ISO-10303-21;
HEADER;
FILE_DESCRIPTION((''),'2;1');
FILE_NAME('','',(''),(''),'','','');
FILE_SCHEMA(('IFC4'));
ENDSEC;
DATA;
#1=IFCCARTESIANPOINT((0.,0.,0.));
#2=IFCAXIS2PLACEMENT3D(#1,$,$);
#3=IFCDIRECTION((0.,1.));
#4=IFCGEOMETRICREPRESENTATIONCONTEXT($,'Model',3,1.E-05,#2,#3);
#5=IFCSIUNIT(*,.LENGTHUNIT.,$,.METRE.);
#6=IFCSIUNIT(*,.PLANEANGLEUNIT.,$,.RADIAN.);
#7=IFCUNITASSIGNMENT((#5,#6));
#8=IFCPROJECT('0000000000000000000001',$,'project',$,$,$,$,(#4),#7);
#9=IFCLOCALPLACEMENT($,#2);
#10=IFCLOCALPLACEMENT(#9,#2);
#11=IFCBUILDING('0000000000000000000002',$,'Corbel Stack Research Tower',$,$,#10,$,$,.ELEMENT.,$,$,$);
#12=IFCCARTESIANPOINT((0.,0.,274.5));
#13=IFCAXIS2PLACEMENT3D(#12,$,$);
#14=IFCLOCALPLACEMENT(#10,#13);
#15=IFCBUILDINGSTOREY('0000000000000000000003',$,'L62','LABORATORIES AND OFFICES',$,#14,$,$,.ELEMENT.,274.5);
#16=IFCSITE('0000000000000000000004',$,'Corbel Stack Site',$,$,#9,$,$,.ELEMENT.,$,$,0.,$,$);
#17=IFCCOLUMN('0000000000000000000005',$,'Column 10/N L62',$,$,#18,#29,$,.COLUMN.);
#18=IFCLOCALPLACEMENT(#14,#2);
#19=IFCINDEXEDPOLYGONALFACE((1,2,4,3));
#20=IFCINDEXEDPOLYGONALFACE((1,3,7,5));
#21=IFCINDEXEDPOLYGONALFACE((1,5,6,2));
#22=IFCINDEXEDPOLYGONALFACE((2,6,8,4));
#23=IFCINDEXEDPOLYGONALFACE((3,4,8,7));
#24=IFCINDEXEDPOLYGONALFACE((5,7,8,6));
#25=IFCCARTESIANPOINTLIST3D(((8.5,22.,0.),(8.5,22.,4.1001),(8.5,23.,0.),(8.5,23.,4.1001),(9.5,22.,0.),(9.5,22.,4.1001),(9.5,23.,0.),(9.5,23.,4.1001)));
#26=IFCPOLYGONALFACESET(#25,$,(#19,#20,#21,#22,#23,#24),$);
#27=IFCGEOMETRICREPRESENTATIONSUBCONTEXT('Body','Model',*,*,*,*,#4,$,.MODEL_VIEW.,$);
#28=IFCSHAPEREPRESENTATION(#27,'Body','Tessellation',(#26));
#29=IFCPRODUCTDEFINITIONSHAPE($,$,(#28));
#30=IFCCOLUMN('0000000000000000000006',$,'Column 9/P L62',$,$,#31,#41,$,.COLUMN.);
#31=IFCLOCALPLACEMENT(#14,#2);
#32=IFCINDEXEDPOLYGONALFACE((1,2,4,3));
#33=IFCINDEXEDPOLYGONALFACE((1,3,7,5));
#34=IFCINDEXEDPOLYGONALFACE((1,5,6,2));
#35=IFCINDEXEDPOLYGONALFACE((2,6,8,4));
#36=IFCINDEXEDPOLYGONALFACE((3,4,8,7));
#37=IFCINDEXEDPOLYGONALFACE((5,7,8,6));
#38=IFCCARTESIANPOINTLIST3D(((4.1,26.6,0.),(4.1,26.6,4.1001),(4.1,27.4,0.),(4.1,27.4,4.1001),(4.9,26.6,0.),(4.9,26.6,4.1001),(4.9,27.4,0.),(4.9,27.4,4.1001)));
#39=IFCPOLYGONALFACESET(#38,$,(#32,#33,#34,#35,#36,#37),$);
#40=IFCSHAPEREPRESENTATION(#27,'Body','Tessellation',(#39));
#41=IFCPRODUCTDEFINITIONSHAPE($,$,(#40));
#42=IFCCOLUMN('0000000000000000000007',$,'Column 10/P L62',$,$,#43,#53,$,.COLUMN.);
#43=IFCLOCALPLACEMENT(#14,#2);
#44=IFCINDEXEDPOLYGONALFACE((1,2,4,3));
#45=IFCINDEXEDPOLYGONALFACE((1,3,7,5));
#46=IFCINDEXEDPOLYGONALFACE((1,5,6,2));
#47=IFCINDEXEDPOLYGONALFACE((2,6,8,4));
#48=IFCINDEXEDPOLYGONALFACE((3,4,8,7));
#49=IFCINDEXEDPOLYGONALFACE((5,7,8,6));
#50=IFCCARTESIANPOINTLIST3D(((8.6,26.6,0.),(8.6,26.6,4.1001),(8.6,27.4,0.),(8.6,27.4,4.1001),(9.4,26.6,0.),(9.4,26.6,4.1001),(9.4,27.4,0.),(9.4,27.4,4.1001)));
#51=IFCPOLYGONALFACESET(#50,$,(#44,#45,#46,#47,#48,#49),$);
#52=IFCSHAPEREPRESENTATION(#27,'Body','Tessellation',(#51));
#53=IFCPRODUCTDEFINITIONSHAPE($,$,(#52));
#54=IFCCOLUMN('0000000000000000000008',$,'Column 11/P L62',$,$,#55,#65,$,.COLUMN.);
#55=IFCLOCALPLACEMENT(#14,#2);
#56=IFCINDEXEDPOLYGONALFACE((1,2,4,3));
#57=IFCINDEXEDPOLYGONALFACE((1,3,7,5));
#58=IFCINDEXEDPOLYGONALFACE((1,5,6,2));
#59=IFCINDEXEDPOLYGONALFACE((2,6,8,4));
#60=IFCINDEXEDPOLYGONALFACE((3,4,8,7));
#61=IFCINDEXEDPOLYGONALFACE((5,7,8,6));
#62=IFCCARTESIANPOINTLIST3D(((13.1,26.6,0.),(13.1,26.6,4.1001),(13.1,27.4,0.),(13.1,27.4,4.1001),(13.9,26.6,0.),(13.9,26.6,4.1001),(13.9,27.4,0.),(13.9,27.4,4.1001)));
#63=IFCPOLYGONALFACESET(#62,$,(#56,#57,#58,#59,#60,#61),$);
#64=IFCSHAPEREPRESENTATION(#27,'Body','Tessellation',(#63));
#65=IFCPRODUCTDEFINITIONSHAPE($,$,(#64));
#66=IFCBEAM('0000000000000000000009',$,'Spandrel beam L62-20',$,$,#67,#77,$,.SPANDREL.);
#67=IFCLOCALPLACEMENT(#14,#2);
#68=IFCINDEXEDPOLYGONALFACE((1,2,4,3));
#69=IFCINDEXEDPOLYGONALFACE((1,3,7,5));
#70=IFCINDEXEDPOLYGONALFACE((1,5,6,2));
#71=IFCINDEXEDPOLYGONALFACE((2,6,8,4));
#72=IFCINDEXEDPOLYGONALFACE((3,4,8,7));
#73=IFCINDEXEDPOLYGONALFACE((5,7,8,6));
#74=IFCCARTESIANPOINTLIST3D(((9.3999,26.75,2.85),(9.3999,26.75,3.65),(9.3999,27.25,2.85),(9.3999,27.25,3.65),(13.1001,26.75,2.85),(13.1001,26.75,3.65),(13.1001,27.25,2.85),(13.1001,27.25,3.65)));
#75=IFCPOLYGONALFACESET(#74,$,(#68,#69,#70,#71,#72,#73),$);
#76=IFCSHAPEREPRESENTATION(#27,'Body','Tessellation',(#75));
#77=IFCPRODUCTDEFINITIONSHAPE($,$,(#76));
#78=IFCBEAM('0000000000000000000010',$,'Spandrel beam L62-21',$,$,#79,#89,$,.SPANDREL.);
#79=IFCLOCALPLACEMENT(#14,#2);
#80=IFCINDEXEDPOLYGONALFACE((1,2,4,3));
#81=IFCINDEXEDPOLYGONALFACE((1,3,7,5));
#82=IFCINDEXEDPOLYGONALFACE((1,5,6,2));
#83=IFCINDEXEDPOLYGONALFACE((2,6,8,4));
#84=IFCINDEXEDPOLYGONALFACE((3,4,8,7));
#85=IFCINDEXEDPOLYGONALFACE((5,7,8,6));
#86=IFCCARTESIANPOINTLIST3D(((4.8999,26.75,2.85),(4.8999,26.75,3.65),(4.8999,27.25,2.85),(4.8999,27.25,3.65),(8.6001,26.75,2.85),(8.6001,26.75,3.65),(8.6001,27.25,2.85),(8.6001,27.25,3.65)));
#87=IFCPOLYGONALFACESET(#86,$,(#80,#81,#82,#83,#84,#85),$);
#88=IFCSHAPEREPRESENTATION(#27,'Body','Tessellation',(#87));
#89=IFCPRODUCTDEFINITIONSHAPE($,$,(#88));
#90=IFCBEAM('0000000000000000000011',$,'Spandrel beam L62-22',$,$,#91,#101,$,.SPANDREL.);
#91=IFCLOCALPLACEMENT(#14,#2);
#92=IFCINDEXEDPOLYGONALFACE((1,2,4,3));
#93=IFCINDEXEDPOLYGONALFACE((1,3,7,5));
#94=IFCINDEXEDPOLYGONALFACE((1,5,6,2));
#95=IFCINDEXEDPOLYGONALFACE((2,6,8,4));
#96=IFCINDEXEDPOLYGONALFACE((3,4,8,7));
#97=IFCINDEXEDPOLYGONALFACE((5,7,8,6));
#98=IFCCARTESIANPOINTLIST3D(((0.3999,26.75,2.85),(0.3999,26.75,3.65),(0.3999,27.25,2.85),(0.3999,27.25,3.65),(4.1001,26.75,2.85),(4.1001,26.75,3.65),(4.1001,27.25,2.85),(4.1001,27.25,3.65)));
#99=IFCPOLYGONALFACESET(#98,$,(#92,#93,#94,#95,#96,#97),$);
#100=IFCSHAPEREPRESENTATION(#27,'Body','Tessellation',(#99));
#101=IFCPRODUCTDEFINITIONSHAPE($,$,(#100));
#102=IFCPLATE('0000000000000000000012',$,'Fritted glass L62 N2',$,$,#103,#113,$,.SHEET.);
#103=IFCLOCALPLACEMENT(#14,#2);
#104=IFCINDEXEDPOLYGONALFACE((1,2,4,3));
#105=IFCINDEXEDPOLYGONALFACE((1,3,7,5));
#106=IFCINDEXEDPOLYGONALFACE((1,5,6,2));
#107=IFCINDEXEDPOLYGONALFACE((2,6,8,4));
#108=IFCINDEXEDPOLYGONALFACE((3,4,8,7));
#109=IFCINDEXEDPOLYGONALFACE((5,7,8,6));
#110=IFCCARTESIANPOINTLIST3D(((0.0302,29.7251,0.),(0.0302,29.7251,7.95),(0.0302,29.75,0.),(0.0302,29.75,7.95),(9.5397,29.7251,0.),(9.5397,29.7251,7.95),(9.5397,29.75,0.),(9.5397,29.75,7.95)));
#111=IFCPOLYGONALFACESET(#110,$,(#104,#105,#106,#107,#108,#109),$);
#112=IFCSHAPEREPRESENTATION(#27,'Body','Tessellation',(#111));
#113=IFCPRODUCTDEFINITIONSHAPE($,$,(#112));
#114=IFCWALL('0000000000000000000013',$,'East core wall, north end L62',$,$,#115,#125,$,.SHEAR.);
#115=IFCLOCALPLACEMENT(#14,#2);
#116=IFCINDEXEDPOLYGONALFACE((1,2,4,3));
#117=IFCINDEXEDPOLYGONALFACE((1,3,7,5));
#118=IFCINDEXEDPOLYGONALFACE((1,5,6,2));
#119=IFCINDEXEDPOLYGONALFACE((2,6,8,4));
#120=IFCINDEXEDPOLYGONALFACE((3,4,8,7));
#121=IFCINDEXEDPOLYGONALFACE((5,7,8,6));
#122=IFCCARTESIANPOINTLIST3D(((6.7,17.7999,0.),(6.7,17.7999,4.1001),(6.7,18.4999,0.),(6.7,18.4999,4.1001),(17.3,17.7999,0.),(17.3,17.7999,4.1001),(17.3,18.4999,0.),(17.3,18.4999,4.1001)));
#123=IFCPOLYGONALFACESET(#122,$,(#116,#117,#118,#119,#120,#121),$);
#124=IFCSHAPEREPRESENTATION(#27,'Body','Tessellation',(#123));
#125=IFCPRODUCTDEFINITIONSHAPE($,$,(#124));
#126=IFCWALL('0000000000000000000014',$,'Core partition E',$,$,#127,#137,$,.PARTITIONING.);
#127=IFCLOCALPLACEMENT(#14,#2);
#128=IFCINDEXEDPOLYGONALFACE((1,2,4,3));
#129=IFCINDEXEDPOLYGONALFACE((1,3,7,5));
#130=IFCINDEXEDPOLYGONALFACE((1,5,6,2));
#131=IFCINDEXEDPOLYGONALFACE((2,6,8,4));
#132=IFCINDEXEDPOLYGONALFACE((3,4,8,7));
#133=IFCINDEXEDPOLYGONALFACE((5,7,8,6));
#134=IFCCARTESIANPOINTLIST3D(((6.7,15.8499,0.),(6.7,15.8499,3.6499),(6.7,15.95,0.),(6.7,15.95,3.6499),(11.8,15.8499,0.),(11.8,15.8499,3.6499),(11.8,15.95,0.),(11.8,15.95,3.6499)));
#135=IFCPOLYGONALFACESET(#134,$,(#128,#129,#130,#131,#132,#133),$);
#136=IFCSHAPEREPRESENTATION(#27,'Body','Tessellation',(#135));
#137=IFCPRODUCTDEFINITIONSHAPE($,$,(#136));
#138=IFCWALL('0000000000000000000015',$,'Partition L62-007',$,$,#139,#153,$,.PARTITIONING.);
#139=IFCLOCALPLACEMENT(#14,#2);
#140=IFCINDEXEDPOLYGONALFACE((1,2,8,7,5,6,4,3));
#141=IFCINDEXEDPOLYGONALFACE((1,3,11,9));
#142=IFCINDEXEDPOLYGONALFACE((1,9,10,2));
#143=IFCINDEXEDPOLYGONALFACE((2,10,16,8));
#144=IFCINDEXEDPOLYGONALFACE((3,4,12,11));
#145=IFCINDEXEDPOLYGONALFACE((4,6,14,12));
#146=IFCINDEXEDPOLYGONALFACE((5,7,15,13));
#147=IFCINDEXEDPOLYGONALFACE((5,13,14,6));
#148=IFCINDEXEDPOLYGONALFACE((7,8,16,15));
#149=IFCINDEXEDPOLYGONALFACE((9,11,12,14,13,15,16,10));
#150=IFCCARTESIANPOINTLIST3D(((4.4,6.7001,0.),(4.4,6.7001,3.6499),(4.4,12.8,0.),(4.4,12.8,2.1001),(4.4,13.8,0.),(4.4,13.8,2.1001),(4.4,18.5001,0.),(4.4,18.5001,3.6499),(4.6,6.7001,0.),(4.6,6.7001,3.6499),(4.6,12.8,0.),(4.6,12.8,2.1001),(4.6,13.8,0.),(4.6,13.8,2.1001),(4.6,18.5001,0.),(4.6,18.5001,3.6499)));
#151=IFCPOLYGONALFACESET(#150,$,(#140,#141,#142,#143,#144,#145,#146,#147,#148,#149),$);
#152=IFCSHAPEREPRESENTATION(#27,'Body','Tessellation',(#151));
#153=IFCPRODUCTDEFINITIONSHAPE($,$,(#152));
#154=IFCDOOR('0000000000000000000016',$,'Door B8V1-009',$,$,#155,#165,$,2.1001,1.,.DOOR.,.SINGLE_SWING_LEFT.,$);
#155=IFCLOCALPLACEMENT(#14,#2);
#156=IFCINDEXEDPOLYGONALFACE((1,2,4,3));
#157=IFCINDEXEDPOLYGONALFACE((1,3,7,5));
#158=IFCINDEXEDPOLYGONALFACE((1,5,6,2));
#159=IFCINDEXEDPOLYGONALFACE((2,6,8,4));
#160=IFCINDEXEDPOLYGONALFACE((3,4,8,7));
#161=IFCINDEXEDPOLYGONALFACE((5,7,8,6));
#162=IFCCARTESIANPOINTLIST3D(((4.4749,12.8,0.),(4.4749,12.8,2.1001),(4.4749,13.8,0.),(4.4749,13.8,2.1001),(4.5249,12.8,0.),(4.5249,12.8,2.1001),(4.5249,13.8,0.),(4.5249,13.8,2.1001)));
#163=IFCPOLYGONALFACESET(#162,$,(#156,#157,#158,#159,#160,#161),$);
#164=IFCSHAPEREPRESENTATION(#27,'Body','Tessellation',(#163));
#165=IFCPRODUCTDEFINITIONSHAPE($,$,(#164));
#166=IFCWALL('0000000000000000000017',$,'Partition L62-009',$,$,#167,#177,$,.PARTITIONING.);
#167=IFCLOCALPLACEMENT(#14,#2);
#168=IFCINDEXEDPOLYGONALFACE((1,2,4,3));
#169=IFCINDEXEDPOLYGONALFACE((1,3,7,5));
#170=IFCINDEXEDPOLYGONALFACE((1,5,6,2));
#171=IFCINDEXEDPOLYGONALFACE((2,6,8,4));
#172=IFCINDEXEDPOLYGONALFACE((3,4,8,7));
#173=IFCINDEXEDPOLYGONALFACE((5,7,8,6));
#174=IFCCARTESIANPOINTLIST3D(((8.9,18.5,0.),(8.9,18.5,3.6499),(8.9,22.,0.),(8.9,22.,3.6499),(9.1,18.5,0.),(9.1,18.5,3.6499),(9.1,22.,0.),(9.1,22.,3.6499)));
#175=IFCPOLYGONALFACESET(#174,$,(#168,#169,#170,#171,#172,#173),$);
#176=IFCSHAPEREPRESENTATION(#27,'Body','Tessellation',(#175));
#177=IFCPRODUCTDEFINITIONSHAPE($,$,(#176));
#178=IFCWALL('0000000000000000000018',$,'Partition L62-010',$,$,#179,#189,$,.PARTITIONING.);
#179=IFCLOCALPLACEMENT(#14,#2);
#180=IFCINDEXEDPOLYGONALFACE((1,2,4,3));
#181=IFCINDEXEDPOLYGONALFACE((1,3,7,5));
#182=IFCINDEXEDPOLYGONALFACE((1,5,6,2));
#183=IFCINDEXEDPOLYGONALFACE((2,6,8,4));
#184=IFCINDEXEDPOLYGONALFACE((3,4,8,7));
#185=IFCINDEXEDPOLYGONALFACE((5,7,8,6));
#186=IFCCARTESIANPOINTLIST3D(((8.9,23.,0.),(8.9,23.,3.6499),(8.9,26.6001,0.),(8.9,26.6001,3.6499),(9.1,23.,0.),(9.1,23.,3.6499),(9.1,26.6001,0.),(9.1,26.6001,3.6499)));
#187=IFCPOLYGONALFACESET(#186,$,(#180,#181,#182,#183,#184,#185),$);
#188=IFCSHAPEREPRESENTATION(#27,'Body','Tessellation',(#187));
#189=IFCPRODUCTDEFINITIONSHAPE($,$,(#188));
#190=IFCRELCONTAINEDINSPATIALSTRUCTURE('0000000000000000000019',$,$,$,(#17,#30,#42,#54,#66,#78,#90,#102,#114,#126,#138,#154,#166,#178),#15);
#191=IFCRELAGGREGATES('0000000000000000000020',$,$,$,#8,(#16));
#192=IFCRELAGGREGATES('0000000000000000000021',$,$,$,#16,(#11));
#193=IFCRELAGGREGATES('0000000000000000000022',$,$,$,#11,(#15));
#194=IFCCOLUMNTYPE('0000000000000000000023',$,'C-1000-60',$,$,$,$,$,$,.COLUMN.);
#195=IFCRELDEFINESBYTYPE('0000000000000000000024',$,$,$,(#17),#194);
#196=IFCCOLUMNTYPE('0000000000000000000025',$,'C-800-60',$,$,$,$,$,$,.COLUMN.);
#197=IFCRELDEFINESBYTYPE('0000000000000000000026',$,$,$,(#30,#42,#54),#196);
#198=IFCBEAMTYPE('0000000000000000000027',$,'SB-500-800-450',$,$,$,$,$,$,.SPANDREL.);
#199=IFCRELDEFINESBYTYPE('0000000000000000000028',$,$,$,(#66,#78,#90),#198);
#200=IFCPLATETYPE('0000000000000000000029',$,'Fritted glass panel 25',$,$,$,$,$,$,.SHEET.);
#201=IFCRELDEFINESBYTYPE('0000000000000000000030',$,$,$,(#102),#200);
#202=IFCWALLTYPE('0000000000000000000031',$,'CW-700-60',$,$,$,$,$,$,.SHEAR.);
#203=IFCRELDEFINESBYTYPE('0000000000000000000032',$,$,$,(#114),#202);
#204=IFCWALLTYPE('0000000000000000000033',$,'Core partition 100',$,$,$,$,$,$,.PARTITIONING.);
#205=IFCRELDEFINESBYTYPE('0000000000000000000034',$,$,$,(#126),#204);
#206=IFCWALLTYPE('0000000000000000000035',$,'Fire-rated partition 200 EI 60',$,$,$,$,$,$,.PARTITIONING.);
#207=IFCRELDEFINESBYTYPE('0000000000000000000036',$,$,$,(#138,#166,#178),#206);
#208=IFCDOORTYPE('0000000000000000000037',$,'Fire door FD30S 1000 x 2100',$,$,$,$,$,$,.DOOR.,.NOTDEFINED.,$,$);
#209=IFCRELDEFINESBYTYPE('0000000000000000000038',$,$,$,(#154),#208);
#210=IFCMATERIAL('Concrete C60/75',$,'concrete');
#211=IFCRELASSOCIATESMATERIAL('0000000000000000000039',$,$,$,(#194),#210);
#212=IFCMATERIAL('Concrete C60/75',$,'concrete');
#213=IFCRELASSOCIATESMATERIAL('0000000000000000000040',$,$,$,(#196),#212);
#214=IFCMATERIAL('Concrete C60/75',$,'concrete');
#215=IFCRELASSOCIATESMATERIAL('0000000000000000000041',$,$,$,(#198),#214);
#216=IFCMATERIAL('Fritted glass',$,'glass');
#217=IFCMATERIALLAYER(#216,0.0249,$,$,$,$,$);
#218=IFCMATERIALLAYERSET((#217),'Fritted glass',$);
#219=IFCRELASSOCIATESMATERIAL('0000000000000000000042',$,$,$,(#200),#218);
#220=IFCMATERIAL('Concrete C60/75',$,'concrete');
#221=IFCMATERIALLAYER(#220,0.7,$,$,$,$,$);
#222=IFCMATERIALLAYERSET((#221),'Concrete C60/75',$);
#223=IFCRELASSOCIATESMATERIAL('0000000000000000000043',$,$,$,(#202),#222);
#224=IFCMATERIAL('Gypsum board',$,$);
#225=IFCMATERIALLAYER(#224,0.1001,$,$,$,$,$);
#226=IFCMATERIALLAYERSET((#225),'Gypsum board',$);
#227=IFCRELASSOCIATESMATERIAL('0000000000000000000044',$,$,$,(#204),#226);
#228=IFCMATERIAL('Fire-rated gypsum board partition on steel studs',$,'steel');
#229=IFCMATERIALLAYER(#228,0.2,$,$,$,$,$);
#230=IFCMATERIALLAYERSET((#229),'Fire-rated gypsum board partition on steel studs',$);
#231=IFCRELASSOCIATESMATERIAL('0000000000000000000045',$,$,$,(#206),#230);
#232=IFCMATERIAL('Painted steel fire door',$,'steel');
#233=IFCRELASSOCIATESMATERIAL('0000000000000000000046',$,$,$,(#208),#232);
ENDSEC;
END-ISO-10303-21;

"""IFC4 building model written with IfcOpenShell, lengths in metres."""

from ifc_helpers import new_model, si_unit, direction, frame, frame_2d, origin, origin_2d, place, context, subcontext, project, spatial, rectangle, extrude, material, layer, layer_set, material_profile, profile_set, type_object, element, fill, save


model = new_model("IFC4")

# Units and contexts
model_context = context("Model", 3, precision=1e-05, world=origin(), true_north=direction((0.0, 1.0)))
body_context = subcontext(model_context, "Body", "Model", "MODEL_VIEW")
ifc_project = project(units=[si_unit("LENGTHUNIT", "METRE"), si_unit("PLANEANGLEUNIT", "RADIAN")], contexts=[model_context])

# Site, building, storey
site_placement = place(None, origin())
site = spatial("IfcSite", under=ifc_project, at=site_placement, Name="Corbel Stack Site", CompositionType="ELEMENT", RefElevation=0.0)
building_placement = place(site_placement, origin())
building = spatial("IfcBuilding", under=site, at=building_placement, Name="Corbel Stack Research Tower", CompositionType="ELEMENT")
storey_placement = place(building_placement, frame((0.0, 0.0, 274.5)))
storey = spatial("IfcBuildingStorey", under=building, at=storey_placement, Name="L62", Description="LABORATORIES AND OFFICES", CompositionType="ELEMENT", Elevation=274.5)

# Columns
ifc_material_1 = material(Name="Concrete C60/75", Category="concrete")
ifc_material_profile_1 = material_profile(ifc_material_1, rectangle(XDim=1.0, YDim=1.0, at=origin_2d()), Name="RC 1000 x 1000")
ifc_profile_set_1 = profile_set([ifc_material_profile_1], Name="Concrete C60/75")
column_type_1 = type_object("IfcColumnType", Name="C-1000-60", PredefinedType="COLUMN", material=ifc_profile_set_1)
column_placement = place(storey_placement, frame((9.0, 22.5, 0.0), z_axis=(0.0, 0.0, 1.0), x_axis=(1.0, 0.0, 0.0)))
element("IfcColumn", 1, at=column_placement, inside=storey, type_object=column_type_1, Name="Column 10/N L62", PredefinedType="COLUMN", context=body_context, shape_type="SweptSolid", body=[
    extrude(rectangle(XDim=1.0, YDim=1.0, at=origin_2d()), origin(), (0.0, 0.0, 1.0), 4.1001),
])
ifc_material_2 = material(Name="Concrete C60/75", Category="concrete")
ifc_material_profile_2 = material_profile(ifc_material_2, rectangle(XDim=0.8, YDim=0.8, at=origin_2d()), Name="RC 800 x 800")
ifc_profile_set_2 = profile_set([ifc_material_profile_2], Name="Concrete C60/75")
column_type_2 = type_object("IfcColumnType", Name="C-800-60", PredefinedType="COLUMN", material=ifc_profile_set_2)
for number, where, z_axis, x_axis, name in (
    (2, (4.5, 27.0, 0.0), (0.0, 0.0, 1.0), (1.0, 0.0, 0.0), "Column 9/P L62"),
    (3, (9.0, 27.0, 0.0), (0.0, 0.0, 1.0), (1.0, 0.0, 0.0), "Column 10/P L62"),
    (4, (13.5, 27.0, 0.0), (0.0, 0.0, 1.0), (1.0, 0.0, 0.0), "Column 11/P L62"),
):
    element("IfcColumn", number, at=place(storey_placement, frame(where, z_axis=z_axis, x_axis=x_axis)), inside=storey, type_object=column_type_2, Name=name, PredefinedType="COLUMN", context=body_context, shape_type="SweptSolid", body=[
        extrude(rectangle(XDim=0.8, YDim=0.8, at=origin_2d()), origin(), (0.0, 0.0, 1.0), 4.1001),
    ])

# Beams
ifc_material_3 = material(Name="Concrete C60/75", Category="concrete")
ifc_material_profile_3 = material_profile(ifc_material_3, rectangle(XDim=0.5, YDim=0.8, at=origin_2d()), Name="RC 500 x 800")
ifc_profile_set_3 = profile_set([ifc_material_profile_3], Name="Concrete C60/75")
beam_type = type_object("IfcBeamType", Name="SB-500-800-450", PredefinedType="SPANDREL", material=ifc_profile_set_3)
for number, where, z_axis, x_axis, name in (
    (5, (13.1001, 27.0, 3.25), (-1.0, 0.0, 0.0), (0.0, -1.0, 0.0), "Spandrel beam L62-20"),
    (6, (8.6001, 27.0, 3.25), (-1.0, 0.0, 0.0), (0.0, -1.0, 0.0), "Spandrel beam L62-21"),
    (7, (4.1001, 27.0, 3.25), (-1.0, 0.0, 0.0), (0.0, -1.0, 0.0), "Spandrel beam L62-22"),
):
    element("IfcBeam", number, at=place(storey_placement, frame(where, z_axis=z_axis, x_axis=x_axis)), inside=storey, type_object=beam_type, Name=name, PredefinedType="SPANDREL", context=body_context, shape_type="SweptSolid", body=[
        extrude(rectangle(XDim=0.5, YDim=0.8, at=origin_2d()), origin(), (0.0, 0.0, 1.0), 3.7002),
    ])

# Plate
ifc_material_4 = material(Name="Fritted glass", Category="glass")
ifc_layer_1 = layer(ifc_material_4, 0.0249)
ifc_layer_set_1 = layer_set([ifc_layer_1], Name="Fritted glass")
plate_type = type_object("IfcPlateType", Name="Fritted glass panel 25", PredefinedType="SHEET", material=ifc_layer_set_1)
plate_placement = place(storey_placement, frame((4.7849, 29.7375, 0.0), z_axis=(0.0, 0.0, 1.0), x_axis=(-1.0, 0.0, 0.0)))
element("IfcPlate", 8, at=plate_placement, inside=storey, type_object=plate_type, Name="Fritted glass L62 N2", PredefinedType="SHEET", context=body_context, shape_type="SweptSolid", body=[
    extrude(rectangle(XDim=9.5095, YDim=0.0249, at=origin_2d()), origin(), (0.0, 0.0, 1.0), 7.95),
])

# Walls
ifc_material_5 = material(Name="Concrete C60/75", Category="concrete")
ifc_layer_2 = layer(ifc_material_5, 0.7)
ifc_layer_set_2 = layer_set([ifc_layer_2], Name="Concrete C60/75")
wall_type_1 = type_object("IfcWallType", Name="CW-700-60", PredefinedType="SHEAR", material=ifc_layer_set_2)
wall_1_placement = place(storey_placement, frame((6.7, 18.1499, 0.0), z_axis=(0.0, 0.0, 1.0), x_axis=(1.0, 0.0, 0.0)))
element("IfcWall", 9, at=wall_1_placement, inside=storey, type_object=wall_type_1, Name="East core wall, north end L62", PredefinedType="SHEAR", context=body_context, shape_type="SweptSolid", body=[
    extrude(rectangle(XDim=10.6001, YDim=0.7, at=frame_2d((5.3, 0.0))), origin(), (0.0, 0.0, 1.0), 4.1001),
])
ifc_material_6 = material(Name="Gypsum board")
ifc_layer_3 = layer(ifc_material_6, 0.1001)
ifc_layer_set_3 = layer_set([ifc_layer_3], Name="Gypsum board")
wall_type_2 = type_object("IfcWallType", Name="Core partition 100", PredefinedType="PARTITIONING", material=ifc_layer_set_3)
wall_2_placement = place(storey_placement, frame((6.7, 15.8999, 0.0), z_axis=(0.0, 0.0, 1.0), x_axis=(1.0, 0.0, 0.0)))
element("IfcWall", 10, at=wall_2_placement, inside=storey, type_object=wall_type_2, Name="Core partition E", PredefinedType="PARTITIONING", context=body_context, shape_type="SweptSolid", body=[
    extrude(rectangle(XDim=5.1001, YDim=0.1001, at=frame_2d((2.55, 0.0))), origin(), (0.0, 0.0, 1.0), 3.6499),
])

# Wall, opening, door
ifc_material_7 = material(Name="Fire-rated gypsum board partition on steel studs", Category="steel")
ifc_layer_4 = layer(ifc_material_7, 0.2)
ifc_layer_set_4 = layer_set([ifc_layer_4], Name="Fire-rated gypsum board partition on steel studs")
wall_type_3 = type_object("IfcWallType", Name="Fire-rated partition 200 EI 60", PredefinedType="PARTITIONING", material=ifc_layer_set_4)
wall_3_placement = place(storey_placement, frame((4.5, 18.5, 0.0), z_axis=(0.0, 0.0, 1.0), x_axis=(0.0, -1.0, 0.0)))
wall_3 = element("IfcWall", 11, at=wall_3_placement, inside=storey, type_object=wall_type_3, Name="Partition L62-007", PredefinedType="PARTITIONING", context=body_context, shape_type="SweptSolid", body=[
    extrude(rectangle(XDim=11.8, YDim=0.2, at=frame_2d((5.8999, 0.0))), origin(), (0.0, 0.0, 1.0), 3.6499),
])
opening_1_placement = place(wall_3_placement, frame((4.7, 0.0, 0.0)))
opening_1 = element("IfcOpeningElement", 12, at=opening_1_placement, cuts=wall_3, PredefinedType="OPENING", context=body_context, shape_type="SweptSolid", body=[
    extrude(rectangle(XDim=1.0, YDim=2.1001, at=frame_2d((0.5, 1.05))), frame((0.0, 0.1099, 0.0), z_axis=(0.0, -1.0, 0.0), x_axis=(1.0, 0.0, 0.0)), (0.0, 0.0, 1.0), 0.22),
])
ifc_material_8 = material(Name="Painted steel fire door", Category="steel")
door_type_1 = type_object("IfcDoorType", Name="Fire door FD30S 1000 x 2100", OperationType="NOTDEFINED", PredefinedType="DOOR", material=ifc_material_8)
door_1_placement = place(opening_1_placement, origin())
door_1 = element("IfcDoor", 13, at=door_1_placement, inside=storey, type_object=door_type_1, Name="Door B8V1-009", OperationType="SINGLE_SWING_LEFT", OverallHeight=2.1001, OverallWidth=1.0, PredefinedType="DOOR", context=body_context, shape_type="SweptSolid", body=[
    extrude(rectangle(XDim=1.0, YDim=2.1001, at=frame_2d((0.5, 1.05))), frame((0.0, 0.0249, 0.0), z_axis=(0.0, -1.0, 0.0), x_axis=(1.0, 0.0, 0.0)), (0.0, 0.0, 1.0), 0.05),
])
fill(opening_1, door_1)

# Walls
wall_4_placement = place(storey_placement, frame((9.0, 18.5, 0.0), z_axis=(0.0, 0.0, 1.0), x_axis=(0.0, 1.0, 0.0)))
element("IfcWall", 14, at=wall_4_placement, inside=storey, type_object=wall_type_3, Name="Partition L62-009", PredefinedType="PARTITIONING", context=body_context, shape_type="SweptSolid", body=[
    extrude(rectangle(XDim=3.5, YDim=0.2, at=frame_2d((1.75, 0.0))), origin(), (0.0, 0.0, 1.0), 3.6499),
])
wall_5_placement = place(storey_placement, frame((9.0, 23.0, 0.0), z_axis=(0.0, 0.0, 1.0), x_axis=(0.0, 1.0, 0.0)))
element("IfcWall", 15, at=wall_5_placement, inside=storey, type_object=wall_type_3, Name="Partition L62-010", PredefinedType="PARTITIONING", context=body_context, shape_type="SweptSolid", body=[
    extrude(rectangle(XDim=3.6001, YDim=0.2, at=frame_2d((1.8, 0.0))), origin(), (0.0, 0.0, 1.0), 3.6499),
])

save(model, "model.ifc")
